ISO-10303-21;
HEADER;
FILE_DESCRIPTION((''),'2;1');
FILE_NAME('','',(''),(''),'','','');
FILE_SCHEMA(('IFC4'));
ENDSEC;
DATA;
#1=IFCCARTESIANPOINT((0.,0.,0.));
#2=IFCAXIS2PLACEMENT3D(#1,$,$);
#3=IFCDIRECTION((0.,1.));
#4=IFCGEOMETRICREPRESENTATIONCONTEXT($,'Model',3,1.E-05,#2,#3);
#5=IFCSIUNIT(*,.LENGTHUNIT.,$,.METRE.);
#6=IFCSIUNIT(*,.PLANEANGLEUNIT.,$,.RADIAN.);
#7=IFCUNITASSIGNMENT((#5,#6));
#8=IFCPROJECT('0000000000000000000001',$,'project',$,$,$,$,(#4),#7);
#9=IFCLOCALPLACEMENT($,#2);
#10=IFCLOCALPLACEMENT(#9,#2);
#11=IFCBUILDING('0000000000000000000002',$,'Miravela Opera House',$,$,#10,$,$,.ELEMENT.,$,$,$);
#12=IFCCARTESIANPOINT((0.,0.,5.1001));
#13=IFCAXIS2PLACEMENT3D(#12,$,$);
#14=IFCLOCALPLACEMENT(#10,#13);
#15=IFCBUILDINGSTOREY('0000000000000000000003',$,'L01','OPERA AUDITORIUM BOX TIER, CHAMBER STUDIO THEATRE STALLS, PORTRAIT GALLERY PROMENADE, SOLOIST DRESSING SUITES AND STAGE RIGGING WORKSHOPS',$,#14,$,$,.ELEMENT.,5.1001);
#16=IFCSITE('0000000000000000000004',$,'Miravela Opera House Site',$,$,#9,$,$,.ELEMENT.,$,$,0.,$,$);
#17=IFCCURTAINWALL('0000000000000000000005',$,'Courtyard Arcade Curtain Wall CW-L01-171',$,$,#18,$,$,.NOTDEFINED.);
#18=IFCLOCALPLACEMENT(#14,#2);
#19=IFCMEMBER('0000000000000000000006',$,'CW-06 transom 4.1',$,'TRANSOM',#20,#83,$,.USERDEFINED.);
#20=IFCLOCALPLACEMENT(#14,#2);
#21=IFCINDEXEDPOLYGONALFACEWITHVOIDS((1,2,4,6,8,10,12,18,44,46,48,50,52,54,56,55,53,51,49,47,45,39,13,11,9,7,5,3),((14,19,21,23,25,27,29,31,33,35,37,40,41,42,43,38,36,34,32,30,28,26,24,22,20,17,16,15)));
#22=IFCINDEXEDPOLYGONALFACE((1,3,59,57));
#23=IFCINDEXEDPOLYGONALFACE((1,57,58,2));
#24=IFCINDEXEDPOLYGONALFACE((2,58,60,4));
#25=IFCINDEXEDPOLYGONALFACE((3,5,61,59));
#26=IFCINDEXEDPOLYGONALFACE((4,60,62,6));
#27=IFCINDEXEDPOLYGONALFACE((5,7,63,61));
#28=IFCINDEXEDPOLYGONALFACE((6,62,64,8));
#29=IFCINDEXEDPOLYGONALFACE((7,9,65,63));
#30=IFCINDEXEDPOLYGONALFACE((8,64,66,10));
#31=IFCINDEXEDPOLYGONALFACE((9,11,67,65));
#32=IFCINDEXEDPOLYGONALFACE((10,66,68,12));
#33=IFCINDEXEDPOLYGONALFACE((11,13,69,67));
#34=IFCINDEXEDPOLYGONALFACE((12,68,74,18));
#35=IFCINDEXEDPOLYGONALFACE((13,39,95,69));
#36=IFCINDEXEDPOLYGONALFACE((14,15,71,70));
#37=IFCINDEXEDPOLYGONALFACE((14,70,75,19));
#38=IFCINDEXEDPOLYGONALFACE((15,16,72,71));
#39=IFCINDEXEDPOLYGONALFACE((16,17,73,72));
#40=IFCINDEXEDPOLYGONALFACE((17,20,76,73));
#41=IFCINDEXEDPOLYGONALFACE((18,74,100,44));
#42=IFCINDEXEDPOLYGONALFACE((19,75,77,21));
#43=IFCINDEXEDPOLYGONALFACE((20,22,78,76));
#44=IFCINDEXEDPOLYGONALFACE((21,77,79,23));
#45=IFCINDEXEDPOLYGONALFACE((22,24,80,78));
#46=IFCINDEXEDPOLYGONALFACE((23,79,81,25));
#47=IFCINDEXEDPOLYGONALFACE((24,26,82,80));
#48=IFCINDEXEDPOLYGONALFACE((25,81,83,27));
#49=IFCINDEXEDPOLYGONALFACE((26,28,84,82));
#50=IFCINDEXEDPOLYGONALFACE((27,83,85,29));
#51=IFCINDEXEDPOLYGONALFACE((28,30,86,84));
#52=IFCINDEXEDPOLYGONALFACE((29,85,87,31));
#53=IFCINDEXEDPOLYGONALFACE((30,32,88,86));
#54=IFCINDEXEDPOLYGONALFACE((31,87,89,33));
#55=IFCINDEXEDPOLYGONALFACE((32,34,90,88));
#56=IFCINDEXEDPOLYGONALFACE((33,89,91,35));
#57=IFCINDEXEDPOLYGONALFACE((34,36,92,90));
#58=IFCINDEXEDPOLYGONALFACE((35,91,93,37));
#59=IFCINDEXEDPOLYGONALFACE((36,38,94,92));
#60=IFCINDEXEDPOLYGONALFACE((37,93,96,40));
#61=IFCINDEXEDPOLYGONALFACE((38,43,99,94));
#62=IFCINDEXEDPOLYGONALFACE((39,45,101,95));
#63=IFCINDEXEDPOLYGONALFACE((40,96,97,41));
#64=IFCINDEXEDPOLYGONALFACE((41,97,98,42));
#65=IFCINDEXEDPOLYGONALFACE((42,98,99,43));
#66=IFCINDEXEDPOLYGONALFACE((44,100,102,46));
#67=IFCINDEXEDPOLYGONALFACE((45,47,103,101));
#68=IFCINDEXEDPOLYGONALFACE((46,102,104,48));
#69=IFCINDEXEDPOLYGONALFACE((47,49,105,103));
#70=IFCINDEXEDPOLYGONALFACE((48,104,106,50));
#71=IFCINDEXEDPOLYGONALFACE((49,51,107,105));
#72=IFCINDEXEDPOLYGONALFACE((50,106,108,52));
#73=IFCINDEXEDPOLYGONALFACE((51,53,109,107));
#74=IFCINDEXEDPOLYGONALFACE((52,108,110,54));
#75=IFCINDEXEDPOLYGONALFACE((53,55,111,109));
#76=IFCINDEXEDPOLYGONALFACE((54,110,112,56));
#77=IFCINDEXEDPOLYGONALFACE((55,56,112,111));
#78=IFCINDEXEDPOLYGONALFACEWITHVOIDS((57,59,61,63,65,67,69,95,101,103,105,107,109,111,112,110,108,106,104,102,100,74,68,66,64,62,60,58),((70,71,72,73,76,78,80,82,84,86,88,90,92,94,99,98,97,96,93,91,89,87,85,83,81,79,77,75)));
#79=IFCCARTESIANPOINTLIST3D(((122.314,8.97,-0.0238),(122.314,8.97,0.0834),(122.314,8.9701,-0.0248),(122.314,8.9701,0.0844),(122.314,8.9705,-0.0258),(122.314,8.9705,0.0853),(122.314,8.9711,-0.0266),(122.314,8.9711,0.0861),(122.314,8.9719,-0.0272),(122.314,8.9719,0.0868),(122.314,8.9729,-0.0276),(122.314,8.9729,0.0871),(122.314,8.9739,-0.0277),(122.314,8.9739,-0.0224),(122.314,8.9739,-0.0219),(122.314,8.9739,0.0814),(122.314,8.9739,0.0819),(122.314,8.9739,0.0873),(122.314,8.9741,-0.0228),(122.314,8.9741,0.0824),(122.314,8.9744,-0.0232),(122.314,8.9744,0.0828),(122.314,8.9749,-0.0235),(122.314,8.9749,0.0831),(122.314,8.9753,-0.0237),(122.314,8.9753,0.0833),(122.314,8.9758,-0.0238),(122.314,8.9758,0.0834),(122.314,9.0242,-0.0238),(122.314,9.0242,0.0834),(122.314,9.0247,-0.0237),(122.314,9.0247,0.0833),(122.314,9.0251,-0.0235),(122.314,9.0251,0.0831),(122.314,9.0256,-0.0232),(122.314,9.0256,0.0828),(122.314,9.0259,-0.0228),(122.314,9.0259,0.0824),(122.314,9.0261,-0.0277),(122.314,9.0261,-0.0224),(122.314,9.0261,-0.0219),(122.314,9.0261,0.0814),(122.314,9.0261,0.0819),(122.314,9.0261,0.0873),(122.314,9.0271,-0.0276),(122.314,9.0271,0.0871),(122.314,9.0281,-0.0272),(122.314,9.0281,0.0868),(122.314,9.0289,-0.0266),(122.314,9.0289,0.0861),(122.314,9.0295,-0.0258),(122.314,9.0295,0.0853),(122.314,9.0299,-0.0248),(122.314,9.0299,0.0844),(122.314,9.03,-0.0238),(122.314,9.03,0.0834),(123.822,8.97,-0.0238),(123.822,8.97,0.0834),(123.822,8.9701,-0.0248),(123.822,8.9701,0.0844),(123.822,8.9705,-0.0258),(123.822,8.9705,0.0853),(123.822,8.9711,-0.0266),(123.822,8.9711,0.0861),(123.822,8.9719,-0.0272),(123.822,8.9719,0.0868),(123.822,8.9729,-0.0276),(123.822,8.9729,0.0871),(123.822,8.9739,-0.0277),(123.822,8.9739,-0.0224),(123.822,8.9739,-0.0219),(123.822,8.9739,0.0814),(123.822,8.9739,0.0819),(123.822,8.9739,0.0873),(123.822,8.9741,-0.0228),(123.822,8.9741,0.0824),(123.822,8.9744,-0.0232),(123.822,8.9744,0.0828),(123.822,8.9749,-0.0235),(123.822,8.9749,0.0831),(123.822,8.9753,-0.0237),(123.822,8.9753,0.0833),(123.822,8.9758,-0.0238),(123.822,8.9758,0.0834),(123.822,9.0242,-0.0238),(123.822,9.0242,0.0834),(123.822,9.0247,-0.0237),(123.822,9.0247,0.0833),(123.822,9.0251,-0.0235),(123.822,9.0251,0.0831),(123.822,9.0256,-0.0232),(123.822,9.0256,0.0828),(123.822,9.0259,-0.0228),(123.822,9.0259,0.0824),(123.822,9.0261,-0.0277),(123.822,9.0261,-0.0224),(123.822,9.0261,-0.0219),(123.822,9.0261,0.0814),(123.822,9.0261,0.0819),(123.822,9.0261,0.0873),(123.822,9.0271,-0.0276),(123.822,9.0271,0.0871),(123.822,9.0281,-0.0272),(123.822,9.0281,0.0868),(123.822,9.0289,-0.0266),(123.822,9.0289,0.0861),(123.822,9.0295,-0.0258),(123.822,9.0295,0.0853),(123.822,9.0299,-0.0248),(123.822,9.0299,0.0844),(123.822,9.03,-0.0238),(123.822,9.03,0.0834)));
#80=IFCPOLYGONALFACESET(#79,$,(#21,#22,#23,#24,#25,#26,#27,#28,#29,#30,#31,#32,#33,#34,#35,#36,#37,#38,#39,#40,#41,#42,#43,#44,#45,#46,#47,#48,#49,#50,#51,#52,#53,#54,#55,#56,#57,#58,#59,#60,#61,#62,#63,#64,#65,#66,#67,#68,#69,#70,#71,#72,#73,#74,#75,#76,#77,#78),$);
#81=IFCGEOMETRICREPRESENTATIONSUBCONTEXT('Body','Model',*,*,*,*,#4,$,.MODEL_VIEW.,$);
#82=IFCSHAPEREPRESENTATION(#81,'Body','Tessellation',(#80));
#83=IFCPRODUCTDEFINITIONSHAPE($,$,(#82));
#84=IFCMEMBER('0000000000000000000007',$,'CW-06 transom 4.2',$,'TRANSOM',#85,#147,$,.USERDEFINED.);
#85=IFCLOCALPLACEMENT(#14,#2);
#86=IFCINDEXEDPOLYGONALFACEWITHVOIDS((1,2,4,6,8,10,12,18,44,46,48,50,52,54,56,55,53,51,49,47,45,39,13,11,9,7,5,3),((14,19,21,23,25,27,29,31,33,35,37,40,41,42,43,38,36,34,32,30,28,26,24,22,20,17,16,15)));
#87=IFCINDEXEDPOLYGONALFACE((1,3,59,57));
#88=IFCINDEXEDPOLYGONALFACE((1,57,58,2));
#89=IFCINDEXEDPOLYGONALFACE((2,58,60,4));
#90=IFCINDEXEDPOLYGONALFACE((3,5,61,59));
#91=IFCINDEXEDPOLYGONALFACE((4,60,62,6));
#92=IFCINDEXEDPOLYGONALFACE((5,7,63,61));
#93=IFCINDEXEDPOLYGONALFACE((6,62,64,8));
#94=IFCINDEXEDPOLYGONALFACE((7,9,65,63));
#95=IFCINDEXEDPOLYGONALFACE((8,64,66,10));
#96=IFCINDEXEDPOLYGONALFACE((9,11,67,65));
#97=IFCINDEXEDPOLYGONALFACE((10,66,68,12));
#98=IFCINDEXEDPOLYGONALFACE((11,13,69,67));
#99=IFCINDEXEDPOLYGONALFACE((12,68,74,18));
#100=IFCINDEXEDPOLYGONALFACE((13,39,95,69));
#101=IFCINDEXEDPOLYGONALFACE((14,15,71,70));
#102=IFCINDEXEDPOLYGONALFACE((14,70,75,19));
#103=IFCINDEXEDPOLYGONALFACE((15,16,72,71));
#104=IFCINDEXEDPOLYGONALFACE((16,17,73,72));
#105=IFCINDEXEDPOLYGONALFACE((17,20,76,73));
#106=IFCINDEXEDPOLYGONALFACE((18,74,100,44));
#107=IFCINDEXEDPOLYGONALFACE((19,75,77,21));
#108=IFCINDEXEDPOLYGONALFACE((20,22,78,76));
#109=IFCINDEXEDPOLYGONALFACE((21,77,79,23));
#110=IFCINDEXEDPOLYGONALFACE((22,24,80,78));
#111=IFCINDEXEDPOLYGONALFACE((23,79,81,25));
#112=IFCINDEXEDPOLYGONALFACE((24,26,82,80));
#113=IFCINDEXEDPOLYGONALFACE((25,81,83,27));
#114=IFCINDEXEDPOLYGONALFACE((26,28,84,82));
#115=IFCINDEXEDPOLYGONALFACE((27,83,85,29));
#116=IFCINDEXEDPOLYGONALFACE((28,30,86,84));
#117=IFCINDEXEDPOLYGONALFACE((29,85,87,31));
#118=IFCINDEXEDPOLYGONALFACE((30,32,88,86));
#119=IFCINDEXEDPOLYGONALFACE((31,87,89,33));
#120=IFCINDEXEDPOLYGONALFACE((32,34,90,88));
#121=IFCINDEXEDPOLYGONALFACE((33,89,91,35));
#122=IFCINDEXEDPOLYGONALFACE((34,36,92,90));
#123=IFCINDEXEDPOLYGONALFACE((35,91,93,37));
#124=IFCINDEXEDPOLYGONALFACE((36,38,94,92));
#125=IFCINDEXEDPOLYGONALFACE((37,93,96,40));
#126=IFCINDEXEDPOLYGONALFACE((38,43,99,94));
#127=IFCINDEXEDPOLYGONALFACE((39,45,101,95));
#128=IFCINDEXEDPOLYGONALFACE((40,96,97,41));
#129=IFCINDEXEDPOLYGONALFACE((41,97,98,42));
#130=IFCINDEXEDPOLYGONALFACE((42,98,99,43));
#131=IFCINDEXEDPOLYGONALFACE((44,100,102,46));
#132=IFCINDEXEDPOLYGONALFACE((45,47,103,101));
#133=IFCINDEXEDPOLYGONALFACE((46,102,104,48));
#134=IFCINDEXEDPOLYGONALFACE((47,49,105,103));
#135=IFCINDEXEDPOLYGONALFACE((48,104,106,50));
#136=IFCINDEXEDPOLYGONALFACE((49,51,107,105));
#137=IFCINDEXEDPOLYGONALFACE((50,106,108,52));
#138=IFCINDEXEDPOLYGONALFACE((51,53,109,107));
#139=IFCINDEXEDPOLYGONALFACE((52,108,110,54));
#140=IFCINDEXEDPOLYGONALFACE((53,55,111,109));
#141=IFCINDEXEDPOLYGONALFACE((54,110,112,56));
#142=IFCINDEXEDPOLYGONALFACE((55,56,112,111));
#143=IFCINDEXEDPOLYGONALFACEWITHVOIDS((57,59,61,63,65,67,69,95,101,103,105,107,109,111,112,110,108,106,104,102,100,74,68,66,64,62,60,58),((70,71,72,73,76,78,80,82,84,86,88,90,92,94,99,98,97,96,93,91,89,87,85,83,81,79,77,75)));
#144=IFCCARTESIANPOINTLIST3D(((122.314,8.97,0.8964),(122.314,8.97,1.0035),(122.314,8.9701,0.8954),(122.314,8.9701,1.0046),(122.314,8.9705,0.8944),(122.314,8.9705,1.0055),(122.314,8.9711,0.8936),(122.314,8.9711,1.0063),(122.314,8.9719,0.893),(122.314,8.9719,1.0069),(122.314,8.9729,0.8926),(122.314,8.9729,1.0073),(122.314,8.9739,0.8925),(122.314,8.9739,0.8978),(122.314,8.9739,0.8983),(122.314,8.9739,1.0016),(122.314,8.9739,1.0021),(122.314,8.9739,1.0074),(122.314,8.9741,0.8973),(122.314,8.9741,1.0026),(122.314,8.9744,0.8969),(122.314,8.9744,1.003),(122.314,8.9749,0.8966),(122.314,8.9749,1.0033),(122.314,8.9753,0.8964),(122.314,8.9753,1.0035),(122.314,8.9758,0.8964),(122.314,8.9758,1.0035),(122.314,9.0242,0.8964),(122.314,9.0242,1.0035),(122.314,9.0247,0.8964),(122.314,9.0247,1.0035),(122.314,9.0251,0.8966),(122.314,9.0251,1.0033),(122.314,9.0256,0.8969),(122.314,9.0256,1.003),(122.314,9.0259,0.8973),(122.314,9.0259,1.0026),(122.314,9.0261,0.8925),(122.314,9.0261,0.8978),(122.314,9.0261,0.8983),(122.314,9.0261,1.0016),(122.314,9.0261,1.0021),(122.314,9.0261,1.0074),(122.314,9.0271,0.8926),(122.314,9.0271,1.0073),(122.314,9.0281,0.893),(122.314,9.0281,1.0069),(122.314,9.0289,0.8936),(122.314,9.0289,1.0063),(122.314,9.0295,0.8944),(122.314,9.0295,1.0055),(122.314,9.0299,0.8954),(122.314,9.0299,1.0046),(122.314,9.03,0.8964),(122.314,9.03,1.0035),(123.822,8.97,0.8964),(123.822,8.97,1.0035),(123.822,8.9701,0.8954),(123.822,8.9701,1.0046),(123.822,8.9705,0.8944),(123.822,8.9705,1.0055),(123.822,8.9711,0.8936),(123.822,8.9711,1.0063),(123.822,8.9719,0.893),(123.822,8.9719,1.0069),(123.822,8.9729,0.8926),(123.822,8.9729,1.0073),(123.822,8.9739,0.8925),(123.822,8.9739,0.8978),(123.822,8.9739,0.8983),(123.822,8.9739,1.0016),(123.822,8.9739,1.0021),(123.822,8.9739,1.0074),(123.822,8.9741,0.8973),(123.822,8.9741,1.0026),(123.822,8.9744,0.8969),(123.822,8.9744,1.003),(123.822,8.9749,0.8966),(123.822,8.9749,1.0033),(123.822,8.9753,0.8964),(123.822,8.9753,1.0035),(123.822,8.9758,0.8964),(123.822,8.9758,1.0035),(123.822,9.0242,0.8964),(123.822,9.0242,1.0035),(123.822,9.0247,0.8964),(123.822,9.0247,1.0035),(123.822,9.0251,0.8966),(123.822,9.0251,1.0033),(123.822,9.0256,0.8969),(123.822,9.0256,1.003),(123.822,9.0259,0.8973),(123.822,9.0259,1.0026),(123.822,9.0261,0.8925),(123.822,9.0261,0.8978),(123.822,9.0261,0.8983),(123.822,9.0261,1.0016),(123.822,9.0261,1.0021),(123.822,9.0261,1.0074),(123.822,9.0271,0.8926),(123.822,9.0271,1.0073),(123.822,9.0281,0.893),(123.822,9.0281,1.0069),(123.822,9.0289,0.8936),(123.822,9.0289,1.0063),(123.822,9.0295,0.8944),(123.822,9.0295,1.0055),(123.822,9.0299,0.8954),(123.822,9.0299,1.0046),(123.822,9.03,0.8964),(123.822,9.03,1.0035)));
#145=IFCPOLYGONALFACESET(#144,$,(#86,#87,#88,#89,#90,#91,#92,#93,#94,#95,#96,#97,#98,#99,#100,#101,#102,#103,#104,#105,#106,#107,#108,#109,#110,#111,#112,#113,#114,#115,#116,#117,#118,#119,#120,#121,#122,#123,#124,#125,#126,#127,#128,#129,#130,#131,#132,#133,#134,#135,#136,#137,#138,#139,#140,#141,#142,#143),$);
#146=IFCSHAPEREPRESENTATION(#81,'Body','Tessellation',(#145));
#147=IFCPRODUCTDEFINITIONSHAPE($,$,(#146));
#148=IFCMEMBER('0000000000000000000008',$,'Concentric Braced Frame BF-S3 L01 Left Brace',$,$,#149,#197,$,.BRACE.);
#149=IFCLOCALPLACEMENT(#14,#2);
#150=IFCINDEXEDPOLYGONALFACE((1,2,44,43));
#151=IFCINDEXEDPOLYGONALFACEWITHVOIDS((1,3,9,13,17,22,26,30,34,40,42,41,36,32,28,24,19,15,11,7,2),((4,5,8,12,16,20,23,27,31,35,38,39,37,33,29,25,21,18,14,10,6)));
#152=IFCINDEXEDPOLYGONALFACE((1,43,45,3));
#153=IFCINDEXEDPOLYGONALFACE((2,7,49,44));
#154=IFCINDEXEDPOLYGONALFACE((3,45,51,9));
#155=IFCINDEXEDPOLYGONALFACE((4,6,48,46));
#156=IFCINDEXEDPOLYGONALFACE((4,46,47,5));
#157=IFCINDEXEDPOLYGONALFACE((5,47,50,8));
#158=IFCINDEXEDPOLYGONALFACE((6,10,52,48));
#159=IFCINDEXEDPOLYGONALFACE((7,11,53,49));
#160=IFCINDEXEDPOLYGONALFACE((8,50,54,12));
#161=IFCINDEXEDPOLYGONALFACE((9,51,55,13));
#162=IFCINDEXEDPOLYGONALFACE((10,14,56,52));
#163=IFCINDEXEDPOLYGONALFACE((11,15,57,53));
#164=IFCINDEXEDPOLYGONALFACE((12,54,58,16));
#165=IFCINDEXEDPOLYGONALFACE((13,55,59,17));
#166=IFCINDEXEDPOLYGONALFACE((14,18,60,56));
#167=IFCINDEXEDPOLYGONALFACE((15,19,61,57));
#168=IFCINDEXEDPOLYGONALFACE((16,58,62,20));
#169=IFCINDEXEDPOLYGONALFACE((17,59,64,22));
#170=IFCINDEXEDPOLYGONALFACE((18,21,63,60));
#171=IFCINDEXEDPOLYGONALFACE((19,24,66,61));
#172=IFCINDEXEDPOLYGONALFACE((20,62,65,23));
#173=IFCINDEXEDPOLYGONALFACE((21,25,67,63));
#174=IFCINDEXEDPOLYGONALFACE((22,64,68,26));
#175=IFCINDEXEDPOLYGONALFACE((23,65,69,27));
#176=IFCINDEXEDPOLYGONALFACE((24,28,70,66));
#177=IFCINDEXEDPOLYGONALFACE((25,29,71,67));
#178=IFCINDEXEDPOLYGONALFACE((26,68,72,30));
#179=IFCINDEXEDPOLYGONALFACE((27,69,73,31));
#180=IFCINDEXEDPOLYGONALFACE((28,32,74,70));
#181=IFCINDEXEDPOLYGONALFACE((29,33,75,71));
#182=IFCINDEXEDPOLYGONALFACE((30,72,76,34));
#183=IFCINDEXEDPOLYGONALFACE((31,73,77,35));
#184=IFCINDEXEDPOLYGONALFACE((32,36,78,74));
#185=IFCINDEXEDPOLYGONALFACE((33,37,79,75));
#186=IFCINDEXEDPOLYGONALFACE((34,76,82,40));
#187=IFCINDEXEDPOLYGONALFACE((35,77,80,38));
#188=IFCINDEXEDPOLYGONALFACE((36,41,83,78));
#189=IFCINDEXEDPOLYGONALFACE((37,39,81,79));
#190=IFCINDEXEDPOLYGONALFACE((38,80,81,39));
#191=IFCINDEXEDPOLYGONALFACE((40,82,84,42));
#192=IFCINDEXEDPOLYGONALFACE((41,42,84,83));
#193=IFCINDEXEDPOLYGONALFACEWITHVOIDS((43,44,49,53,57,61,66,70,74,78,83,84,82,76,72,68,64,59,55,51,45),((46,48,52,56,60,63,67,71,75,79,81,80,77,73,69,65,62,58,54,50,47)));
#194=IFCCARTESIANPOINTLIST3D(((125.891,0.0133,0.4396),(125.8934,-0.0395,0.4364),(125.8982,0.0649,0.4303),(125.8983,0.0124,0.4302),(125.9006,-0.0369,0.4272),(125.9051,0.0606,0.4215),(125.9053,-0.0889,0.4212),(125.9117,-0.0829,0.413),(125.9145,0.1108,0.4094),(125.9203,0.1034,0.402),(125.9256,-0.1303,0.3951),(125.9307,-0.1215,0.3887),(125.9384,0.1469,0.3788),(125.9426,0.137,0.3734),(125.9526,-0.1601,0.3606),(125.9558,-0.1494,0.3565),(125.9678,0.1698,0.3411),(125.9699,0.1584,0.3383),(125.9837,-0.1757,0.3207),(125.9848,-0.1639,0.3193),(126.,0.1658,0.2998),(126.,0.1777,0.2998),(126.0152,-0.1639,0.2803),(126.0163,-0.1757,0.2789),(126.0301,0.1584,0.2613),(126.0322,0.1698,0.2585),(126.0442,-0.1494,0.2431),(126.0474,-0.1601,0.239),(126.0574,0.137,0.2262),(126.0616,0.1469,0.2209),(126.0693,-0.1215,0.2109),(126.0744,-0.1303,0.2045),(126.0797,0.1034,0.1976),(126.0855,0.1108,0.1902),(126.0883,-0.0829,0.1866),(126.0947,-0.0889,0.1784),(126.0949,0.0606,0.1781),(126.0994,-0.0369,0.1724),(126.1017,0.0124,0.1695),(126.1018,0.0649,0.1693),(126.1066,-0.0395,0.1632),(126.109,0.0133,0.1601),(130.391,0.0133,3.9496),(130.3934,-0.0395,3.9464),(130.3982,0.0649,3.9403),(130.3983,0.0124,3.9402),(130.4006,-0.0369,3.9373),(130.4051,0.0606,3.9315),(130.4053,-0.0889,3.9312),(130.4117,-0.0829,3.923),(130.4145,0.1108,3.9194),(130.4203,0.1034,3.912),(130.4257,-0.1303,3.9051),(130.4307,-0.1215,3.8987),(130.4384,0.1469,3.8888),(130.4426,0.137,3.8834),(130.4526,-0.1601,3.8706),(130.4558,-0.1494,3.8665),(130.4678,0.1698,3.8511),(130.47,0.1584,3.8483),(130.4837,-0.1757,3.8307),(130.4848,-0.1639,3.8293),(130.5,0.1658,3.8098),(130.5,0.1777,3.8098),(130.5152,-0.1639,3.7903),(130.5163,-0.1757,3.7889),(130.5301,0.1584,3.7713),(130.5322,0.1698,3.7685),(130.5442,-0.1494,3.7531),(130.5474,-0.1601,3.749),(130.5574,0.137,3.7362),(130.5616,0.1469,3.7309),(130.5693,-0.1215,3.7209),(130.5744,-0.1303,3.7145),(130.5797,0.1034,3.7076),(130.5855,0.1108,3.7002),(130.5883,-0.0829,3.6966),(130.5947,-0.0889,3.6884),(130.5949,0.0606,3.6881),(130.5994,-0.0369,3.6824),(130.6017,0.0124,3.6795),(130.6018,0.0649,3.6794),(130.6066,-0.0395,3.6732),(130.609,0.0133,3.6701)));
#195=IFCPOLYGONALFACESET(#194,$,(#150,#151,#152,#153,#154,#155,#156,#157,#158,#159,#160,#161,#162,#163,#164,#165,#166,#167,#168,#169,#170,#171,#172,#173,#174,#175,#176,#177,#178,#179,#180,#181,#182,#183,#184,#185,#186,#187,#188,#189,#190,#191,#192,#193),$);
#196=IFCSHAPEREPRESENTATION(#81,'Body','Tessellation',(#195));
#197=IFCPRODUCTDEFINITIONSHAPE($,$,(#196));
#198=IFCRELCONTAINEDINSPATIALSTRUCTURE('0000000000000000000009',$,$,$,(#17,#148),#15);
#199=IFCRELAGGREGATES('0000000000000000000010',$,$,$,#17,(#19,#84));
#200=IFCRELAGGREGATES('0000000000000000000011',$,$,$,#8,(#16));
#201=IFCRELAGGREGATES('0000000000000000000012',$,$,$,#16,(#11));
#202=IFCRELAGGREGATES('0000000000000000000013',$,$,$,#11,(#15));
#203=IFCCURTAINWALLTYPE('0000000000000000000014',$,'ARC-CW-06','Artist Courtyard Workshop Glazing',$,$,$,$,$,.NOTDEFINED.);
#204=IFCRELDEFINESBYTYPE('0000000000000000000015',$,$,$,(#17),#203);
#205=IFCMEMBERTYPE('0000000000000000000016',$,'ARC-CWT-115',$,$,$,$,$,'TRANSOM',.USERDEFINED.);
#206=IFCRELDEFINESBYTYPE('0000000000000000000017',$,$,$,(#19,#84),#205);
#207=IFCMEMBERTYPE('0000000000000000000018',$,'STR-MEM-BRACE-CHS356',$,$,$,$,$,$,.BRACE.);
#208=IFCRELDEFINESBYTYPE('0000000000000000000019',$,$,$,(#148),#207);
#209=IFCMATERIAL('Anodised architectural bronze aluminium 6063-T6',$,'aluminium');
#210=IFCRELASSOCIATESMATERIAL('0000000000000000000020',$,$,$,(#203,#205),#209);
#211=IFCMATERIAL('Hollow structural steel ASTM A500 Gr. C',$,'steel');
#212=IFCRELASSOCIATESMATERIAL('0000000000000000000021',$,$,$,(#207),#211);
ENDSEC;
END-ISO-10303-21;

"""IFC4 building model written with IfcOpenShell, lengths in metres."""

from ifc_helpers import new_model, si_unit, direction, frame, origin, origin_2d, place, context, subcontext, project, spatial, hollow_rectangle, hollow_circle, extrude, material, material_profile, profile_set, type_object, element, aggregate, save


model = new_model("IFC4")

# Units and contexts
model_context = context("Model", 3, precision=1e-05, world=origin(), true_north=direction((0.0, 1.0)))
body_context = subcontext(model_context, "Body", "Model", "MODEL_VIEW")
ifc_project = project(units=[si_unit("LENGTHUNIT", "METRE"), si_unit("PLANEANGLEUNIT", "RADIAN")], contexts=[model_context])

# Site, building, storey
site_placement = place(None, origin())
site = spatial("IfcSite", under=ifc_project, at=site_placement, Name="Miravela Opera House Site", CompositionType="ELEMENT", RefElevation=0.0)
building_placement = place(site_placement, origin())
building = spatial("IfcBuilding", under=site, at=building_placement, Name="Miravela Opera House", CompositionType="ELEMENT")
storey_placement = place(building_placement, frame((0.0, 0.0, 5.1001)))
storey = spatial("IfcBuildingStorey", under=building, at=storey_placement, Name="L01", Description="OPERA AUDITORIUM BOX TIER, CHAMBER STUDIO THEATRE STALLS, PORTRAIT GALLERY PROMENADE, SOLOIST DRESSING SUITES AND STAGE RIGGING WORKSHOPS", CompositionType="ELEMENT", Elevation=5.1001)

# Shared definitions
ifc_material_1 = material(Name="Hollow structural steel ASTM A500 Gr. C", Category="steel")

# Curtain wall, members
ifc_material_2 = material(Name="Anodised architectural bronze aluminium 6063-T6", Category="aluminium")
curtain_wall_type = type_object("IfcCurtainWallType", Name="ARC-CW-06", Description="Artist Courtyard Workshop Glazing", PredefinedType="NOTDEFINED", material=ifc_material_2)
curtain_wall_placement = place(storey_placement, origin())
curtain_wall = element("IfcCurtainWall", 1, at=curtain_wall_placement, inside=storey, type_object=curtain_wall_type, Name="Courtyard Arcade Curtain Wall CW-L01-171", PredefinedType="NOTDEFINED")
ifc_material_profile_1 = material_profile(ifc_material_2, hollow_rectangle(XDim=0.0601, YDim=0.115, WallThickness=0.0039, InnerFilletRadius=0.002, OuterFilletRadius=0.0039, at=origin_2d()), Name="CWT-60X115")
ifc_profile_set_1 = profile_set([ifc_material_profile_1])
member_type_1 = type_object("IfcMemberType", Name="ARC-CWT-115", ElementType="TRANSOM", PredefinedType="USERDEFINED", material=ifc_profile_set_1)
member_1_placement = place(storey_placement, frame((122.314, 9.0, 0.0298), z_axis=(1.0, 0.0, 0.0), x_axis=(0.0, 1.0, 0.0)))
member_1 = element("IfcMember", 2, at=member_1_placement, type_object=member_type_1, Name="CW-06 transom 4.1", ObjectType="TRANSOM", PredefinedType="USERDEFINED", context=body_context, shape_type="SweptSolid", body=[
    extrude(hollow_rectangle(XDim=0.0601, YDim=0.115, WallThickness=0.0039, InnerFilletRadius=0.002, OuterFilletRadius=0.0039, at=origin_2d()), origin(), (0.0, 0.0, 1.0), 1.5081),
])
member_2_placement = place(storey_placement, frame((122.314, 9.0, 0.95), z_axis=(1.0, 0.0, 0.0), x_axis=(0.0, 1.0, 0.0)))
member_2 = element("IfcMember", 3, at=member_2_placement, type_object=member_type_1, Name="CW-06 transom 4.2", ObjectType="TRANSOM", PredefinedType="USERDEFINED", context=body_context, shape_type="SweptSolid", body=[
    extrude(hollow_rectangle(XDim=0.0601, YDim=0.115, WallThickness=0.0039, InnerFilletRadius=0.002, OuterFilletRadius=0.0039, at=origin_2d()), origin(), (0.0, 0.0, 1.0), 1.5081),
])

# Member
ifc_material_profile_2 = material_profile(ifc_material_1, hollow_circle(Radius=0.1777, WallThickness=0.012, at=origin_2d()), Name="CHS356X12")
ifc_profile_set_2 = profile_set([ifc_material_profile_2])
member_type_2 = type_object("IfcMemberType", Name="STR-MEM-BRACE-CHS356", PredefinedType="BRACE", material=ifc_profile_set_2)
member_3_placement = place(storey_placement, frame((126.0, 0.0, 0.2998), z_axis=(0.788501, 0.0, 0.615033), x_axis=(0.0, 1.0, 0.0)))
element("IfcMember", 4, at=member_3_placement, inside=storey, type_object=member_type_2, Name="Concentric Braced Frame BF-S3 L01 Left Brace", PredefinedType="BRACE", context=body_context, shape_type="SweptSolid", body=[
    extrude(hollow_circle(Radius=0.1777, WallThickness=0.012, at=origin_2d()), origin(), (0.0, 0.0, 1.0), 5.707),
])

aggregate(curtain_wall, [member_1, member_2])

save(model, "model.ifc")
